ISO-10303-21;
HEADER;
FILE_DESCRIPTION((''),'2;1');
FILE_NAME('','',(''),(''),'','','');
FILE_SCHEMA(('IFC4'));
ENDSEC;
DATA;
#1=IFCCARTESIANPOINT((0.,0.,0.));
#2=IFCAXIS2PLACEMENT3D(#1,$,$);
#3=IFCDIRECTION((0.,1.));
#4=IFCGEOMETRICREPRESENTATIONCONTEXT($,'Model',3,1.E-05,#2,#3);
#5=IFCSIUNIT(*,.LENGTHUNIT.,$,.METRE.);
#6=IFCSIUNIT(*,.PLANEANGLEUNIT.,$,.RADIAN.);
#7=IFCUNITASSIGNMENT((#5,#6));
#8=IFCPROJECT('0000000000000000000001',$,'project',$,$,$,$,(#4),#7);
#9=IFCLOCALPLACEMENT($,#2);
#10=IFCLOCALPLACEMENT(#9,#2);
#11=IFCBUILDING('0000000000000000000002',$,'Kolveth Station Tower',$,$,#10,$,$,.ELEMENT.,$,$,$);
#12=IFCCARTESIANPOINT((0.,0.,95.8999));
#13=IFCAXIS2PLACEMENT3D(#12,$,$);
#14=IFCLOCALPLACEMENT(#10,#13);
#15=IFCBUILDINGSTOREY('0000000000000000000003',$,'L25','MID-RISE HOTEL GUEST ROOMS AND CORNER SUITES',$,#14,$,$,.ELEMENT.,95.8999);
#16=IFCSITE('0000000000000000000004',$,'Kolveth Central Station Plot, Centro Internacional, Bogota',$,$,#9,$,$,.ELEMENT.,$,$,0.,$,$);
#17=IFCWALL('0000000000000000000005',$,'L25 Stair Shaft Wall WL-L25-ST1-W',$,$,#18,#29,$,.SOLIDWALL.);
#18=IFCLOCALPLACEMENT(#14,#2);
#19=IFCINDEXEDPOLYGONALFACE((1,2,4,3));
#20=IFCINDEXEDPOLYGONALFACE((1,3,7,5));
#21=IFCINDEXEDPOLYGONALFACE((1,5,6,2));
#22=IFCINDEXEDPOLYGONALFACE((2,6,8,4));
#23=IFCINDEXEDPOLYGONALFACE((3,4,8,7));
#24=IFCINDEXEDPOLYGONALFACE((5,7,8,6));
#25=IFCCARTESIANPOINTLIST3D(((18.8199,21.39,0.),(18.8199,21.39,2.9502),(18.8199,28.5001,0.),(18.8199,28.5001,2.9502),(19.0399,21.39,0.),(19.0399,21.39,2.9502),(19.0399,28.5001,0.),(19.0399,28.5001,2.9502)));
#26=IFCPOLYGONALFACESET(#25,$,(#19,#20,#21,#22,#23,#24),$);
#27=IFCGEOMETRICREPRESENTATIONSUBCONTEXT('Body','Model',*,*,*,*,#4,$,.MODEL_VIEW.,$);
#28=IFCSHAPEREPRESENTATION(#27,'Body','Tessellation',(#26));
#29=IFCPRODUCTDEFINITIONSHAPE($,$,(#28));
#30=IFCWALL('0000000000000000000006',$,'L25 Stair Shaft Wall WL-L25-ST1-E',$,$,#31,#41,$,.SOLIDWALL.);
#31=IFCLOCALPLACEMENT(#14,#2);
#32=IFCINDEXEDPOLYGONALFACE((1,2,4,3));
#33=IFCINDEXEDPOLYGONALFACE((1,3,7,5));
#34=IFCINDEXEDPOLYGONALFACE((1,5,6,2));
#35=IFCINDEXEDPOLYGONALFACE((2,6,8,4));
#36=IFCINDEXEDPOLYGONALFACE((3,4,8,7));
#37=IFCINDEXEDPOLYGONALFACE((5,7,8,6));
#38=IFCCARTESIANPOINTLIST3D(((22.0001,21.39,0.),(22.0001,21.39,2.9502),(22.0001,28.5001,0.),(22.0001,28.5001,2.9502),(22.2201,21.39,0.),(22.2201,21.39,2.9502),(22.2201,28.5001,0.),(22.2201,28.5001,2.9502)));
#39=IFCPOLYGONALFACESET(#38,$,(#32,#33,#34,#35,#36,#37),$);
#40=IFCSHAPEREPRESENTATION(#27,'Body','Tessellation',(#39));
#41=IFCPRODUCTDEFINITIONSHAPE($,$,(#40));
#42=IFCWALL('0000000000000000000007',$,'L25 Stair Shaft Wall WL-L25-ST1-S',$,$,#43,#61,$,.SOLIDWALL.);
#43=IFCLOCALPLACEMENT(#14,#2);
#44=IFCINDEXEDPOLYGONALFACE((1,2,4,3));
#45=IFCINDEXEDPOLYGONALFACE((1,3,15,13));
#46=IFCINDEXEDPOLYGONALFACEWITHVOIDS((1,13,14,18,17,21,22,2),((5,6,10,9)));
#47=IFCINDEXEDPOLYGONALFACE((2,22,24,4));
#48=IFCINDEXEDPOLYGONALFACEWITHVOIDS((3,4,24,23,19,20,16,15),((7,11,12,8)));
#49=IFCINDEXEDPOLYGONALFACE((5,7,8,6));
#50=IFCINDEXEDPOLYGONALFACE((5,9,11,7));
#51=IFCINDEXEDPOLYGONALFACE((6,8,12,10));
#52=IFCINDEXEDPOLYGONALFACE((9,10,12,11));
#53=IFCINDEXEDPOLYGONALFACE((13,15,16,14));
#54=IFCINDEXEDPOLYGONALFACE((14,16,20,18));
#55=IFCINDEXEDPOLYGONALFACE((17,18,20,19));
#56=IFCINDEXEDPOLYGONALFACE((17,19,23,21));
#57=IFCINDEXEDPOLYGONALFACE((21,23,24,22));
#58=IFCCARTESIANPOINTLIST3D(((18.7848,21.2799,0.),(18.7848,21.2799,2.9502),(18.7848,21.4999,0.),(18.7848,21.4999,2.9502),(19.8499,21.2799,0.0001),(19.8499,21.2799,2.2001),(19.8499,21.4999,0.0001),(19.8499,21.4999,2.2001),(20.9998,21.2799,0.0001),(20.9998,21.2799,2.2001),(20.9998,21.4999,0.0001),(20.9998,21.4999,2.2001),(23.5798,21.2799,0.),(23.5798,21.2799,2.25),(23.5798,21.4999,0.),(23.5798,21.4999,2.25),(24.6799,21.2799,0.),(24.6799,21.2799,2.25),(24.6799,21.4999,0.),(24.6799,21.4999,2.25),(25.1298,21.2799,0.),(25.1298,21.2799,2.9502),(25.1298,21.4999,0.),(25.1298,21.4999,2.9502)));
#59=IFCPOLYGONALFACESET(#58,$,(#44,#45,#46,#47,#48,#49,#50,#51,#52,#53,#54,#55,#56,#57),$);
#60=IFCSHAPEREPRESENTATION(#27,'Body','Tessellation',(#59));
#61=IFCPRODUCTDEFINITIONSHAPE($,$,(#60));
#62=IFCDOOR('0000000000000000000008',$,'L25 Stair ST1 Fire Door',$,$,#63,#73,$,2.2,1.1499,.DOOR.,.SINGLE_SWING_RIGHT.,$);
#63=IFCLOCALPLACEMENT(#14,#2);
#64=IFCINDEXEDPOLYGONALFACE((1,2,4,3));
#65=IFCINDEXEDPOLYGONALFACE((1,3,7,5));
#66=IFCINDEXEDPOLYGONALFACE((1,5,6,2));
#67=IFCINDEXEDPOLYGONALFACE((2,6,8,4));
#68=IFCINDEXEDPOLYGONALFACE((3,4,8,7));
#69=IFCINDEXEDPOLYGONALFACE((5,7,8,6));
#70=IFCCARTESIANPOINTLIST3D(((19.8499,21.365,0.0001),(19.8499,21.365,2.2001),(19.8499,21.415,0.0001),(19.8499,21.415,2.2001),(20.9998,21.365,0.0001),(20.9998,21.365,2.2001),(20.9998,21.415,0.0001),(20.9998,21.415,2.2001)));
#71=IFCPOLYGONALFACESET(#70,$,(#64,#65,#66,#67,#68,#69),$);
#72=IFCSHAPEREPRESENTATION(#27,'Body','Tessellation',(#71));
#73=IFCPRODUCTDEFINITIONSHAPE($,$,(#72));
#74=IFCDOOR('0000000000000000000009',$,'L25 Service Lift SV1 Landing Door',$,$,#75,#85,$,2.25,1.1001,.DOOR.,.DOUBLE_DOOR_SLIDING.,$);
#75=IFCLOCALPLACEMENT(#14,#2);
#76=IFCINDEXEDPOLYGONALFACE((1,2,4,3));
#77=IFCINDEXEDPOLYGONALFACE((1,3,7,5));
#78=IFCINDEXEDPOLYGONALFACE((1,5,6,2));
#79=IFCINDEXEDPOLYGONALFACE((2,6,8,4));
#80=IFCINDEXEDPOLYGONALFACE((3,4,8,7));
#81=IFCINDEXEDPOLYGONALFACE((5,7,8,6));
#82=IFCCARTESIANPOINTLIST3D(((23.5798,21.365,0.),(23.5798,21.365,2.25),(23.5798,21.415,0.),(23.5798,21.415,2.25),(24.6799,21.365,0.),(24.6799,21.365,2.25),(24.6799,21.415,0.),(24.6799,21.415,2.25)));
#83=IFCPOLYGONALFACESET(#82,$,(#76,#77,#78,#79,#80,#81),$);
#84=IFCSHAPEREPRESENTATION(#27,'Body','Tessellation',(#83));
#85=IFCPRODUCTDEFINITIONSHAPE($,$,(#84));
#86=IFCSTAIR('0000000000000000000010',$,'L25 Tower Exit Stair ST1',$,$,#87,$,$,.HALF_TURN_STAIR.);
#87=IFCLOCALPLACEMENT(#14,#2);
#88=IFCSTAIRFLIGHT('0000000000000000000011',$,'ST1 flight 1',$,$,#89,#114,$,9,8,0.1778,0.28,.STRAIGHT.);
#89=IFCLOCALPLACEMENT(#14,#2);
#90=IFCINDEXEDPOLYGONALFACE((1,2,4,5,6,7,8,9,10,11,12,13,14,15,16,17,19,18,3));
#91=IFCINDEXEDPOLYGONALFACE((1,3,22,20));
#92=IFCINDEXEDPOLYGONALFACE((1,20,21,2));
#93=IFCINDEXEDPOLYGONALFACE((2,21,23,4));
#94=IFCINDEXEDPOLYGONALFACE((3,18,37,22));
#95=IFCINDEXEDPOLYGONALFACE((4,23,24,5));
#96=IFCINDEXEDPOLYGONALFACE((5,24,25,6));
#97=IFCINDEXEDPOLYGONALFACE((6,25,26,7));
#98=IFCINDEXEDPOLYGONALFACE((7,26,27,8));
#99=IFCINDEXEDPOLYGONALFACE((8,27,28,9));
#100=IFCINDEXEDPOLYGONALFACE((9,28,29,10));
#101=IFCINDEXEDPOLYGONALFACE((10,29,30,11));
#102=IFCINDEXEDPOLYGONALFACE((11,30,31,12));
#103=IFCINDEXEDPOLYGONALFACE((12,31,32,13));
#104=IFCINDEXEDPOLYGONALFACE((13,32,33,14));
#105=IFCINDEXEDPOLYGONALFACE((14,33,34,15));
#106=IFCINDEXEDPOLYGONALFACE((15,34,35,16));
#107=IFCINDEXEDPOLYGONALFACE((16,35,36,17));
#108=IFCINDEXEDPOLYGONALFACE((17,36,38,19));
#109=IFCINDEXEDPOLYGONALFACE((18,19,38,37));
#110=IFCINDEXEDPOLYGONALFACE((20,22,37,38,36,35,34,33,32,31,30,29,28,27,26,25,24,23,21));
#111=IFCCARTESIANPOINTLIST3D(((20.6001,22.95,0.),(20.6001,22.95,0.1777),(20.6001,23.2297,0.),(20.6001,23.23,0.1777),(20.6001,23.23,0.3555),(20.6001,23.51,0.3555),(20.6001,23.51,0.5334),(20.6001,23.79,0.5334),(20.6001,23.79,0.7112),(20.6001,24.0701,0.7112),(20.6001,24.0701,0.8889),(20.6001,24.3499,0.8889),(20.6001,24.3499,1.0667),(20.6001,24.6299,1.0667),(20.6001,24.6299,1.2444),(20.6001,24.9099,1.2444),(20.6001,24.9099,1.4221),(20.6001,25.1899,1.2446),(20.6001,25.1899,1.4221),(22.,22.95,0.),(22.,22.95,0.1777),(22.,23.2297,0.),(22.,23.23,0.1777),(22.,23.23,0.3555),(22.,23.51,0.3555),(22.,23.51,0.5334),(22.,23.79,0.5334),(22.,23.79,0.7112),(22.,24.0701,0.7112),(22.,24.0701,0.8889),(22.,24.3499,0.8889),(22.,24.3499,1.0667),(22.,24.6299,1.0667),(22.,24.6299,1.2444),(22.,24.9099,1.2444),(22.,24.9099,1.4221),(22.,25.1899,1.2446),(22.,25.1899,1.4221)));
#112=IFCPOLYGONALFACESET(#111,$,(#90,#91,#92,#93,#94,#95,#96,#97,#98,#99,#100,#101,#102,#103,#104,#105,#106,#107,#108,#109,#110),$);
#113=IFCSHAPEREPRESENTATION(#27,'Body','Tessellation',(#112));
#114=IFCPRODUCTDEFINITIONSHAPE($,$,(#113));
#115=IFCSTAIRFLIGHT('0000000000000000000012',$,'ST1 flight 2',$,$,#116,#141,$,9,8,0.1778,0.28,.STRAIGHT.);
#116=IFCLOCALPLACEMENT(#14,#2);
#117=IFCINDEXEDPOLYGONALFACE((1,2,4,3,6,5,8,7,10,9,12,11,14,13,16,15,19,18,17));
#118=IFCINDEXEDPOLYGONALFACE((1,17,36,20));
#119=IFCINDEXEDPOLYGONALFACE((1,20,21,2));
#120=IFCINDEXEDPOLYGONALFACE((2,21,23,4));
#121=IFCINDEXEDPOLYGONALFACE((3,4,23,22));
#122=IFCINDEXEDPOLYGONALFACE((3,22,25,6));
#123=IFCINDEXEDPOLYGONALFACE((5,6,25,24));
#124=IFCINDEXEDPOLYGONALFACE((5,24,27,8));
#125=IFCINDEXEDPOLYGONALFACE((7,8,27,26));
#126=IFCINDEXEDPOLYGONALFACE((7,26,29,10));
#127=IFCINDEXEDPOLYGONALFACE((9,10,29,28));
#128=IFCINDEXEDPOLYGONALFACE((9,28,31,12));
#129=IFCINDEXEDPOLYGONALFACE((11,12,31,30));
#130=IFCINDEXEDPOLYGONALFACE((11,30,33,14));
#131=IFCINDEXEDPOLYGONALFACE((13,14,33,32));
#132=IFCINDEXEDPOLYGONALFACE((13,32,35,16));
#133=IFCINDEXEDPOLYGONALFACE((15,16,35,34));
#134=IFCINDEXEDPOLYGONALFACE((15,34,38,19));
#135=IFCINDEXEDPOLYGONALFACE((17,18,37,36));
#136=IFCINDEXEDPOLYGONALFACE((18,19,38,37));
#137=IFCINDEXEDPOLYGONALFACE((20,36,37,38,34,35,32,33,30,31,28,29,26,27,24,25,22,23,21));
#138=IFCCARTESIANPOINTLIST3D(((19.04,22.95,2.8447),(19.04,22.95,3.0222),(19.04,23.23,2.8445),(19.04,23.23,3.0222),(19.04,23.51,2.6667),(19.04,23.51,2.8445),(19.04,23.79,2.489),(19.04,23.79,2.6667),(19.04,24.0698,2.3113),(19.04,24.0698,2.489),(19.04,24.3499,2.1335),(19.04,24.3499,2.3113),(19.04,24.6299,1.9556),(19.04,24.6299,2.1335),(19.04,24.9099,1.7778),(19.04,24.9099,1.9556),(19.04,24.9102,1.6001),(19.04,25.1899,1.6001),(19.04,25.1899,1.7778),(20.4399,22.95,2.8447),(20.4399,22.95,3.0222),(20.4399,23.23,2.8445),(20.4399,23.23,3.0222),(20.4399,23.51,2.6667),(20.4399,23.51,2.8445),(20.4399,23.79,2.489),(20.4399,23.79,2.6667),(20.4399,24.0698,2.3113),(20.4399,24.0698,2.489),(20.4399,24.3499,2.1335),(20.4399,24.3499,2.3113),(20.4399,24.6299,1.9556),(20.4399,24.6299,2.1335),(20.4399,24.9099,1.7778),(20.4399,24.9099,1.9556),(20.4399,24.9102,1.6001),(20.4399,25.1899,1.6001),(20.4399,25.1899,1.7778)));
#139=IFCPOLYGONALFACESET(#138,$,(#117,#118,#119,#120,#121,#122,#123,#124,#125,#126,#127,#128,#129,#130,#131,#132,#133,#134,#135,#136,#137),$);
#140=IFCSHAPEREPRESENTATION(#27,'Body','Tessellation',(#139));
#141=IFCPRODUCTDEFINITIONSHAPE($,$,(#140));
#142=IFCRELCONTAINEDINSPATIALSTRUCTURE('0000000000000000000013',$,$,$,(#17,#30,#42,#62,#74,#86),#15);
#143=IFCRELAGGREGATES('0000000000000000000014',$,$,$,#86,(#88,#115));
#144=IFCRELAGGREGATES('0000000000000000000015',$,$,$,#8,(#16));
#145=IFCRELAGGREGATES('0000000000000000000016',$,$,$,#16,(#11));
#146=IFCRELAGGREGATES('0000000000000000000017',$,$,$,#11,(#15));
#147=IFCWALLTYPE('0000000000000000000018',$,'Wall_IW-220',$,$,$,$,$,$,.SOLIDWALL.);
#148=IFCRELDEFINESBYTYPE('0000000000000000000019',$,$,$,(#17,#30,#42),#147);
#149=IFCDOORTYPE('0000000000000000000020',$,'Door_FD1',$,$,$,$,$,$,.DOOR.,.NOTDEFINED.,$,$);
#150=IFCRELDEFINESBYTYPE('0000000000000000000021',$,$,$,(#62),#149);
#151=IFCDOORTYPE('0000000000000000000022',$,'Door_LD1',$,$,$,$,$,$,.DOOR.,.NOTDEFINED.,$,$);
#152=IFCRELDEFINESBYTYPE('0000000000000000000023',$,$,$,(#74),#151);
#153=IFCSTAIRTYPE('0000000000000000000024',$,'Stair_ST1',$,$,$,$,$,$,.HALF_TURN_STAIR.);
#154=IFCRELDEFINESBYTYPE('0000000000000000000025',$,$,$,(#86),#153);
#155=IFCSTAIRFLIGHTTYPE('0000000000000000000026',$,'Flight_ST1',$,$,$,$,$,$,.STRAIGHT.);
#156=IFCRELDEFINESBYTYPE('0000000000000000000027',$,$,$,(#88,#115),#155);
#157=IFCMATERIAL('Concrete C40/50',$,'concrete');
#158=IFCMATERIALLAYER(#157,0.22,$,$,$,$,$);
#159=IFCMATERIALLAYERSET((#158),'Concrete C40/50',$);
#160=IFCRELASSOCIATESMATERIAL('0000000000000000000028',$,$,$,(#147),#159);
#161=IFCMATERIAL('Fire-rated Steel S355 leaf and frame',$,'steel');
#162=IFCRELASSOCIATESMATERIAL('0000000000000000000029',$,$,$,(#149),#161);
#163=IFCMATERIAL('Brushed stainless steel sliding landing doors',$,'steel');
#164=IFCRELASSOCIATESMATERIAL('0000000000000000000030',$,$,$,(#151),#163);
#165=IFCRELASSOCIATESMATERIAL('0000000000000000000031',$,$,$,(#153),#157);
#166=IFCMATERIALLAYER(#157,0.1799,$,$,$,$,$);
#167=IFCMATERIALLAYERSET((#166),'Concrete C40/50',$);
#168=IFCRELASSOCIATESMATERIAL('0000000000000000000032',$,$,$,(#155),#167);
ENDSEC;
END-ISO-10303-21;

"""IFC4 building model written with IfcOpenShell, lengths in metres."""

from ifc_helpers import new_model, si_unit, direction, frame, frame_2d, origin, place, context, subcontext, project, spatial, polyline, rectangle, outline, extrude, material, layer, layer_set, type_object, element, fill, aggregate, save


model = new_model("IFC4")

# Units and contexts
model_context = context("Model", 3, precision=1e-05, world=origin(), true_north=direction((0.0, 1.0)))
body_context = subcontext(model_context, "Body", "Model", "MODEL_VIEW")
ifc_project = project(units=[si_unit("LENGTHUNIT", "METRE"), si_unit("PLANEANGLEUNIT", "RADIAN")], contexts=[model_context])

# Site, building, storey
site_placement = place(None, origin())
site = spatial("IfcSite", under=ifc_project, at=site_placement, Name="Kolveth Central Station Plot, Centro Internacional, Bogota", CompositionType="ELEMENT", RefElevation=0.0)
building_placement = place(site_placement, origin())
building = spatial("IfcBuilding", under=site, at=building_placement, Name="Kolveth Station Tower", CompositionType="ELEMENT")
storey_placement = place(building_placement, frame((0.0, 0.0, 95.8999)))
storey = spatial("IfcBuildingStorey", under=building, at=storey_placement, Name="L25", Description="MID-RISE HOTEL GUEST ROOMS AND CORNER SUITES", CompositionType="ELEMENT", Elevation=95.8999)

# Walls
ifc_material_1 = material(Name="Concrete C40/50", Category="concrete")
ifc_layer_1 = layer(ifc_material_1, 0.22)
ifc_layer_set_1 = layer_set([ifc_layer_1], Name="Concrete C40/50")
wall_type_1 = type_object("IfcWallType", Name="Wall_IW-220", PredefinedType="SOLIDWALL", material=ifc_layer_set_1)
for number, where, z_axis, x_axis, name in (
    (1, (18.9299, 21.3899, 0.0), (0.0, 0.0, 1.0), (0.0, 1.0, 0.0), "L25 Stair Shaft Wall WL-L25-ST1-W"),
    (2, (22.1101, 21.3899, 0.0), (0.0, 0.0, 1.0), (0.0, 1.0, 0.0), "L25 Stair Shaft Wall WL-L25-ST1-E"),
):
    element("IfcWall", number, at=place(storey_placement, frame(where, z_axis=z_axis, x_axis=x_axis)), inside=storey, type_object=wall_type_1, Name=name, PredefinedType="SOLIDWALL", context=body_context, shape_type="SweptSolid", body=[
        extrude(rectangle(XDim=7.1101, YDim=0.22, at=frame_2d((3.5552, 0.0))), origin(), (0.0, 0.0, 1.0), 2.9502),
    ])

# Wall, openings, doors
wall_1_placement = place(storey_placement, frame((18.7849, 21.3899, 0.0), z_axis=(0.0, 0.0, 1.0), x_axis=(1.0, 0.0, 0.0)))
wall_1 = element("IfcWall", 3, at=wall_1_placement, inside=storey, type_object=wall_type_1, Name="L25 Stair Shaft Wall WL-L25-ST1-S", PredefinedType="SOLIDWALL", context=body_context, shape_type="SweptSolid", body=[
    extrude(rectangle(XDim=6.345, YDim=0.22, at=frame_2d((3.1724, 0.0))), origin(), (0.0, 0.0, 1.0), 2.9502),
])
opening_1_placement = place(wall_1_placement, frame((1.0649, 0.0, 0.0)))
opening_1 = element("IfcOpeningElement", 4, at=opening_1_placement, cuts=wall_1, PredefinedType="OPENING", context=body_context, shape_type="SweptSolid", body=[
    extrude(rectangle(XDim=1.1499, YDim=2.2, at=frame_2d((0.575, 1.1001))), frame((0.0, 0.1199, 0.0), z_axis=(0.0, -1.0, 0.0), x_axis=(1.0, 0.0, 0.0)), (0.0, 0.0, 1.0), 0.24),
])
opening_2_placement = place(wall_1_placement, frame((4.7949, 0.0, 0.0)))
opening_2 = element("IfcOpeningElement", 5, at=opening_2_placement, cuts=wall_1, PredefinedType="OPENING", context=body_context, shape_type="SweptSolid", body=[
    extrude(rectangle(XDim=1.1001, YDim=2.25, at=frame_2d((0.55, 1.125))), frame((0.0, 0.1199, 0.0), z_axis=(0.0, -1.0, 0.0), x_axis=(1.0, 0.0, 0.0)), (0.0, 0.0, 1.0), 0.24),
])
ifc_material_2 = material(Name="Fire-rated Steel S355 leaf and frame", Category="steel")
door_type_1 = type_object("IfcDoorType", Name="Door_FD1", OperationType="NOTDEFINED", PredefinedType="DOOR", material=ifc_material_2)
door_1_placement = place(opening_1_placement, frame((1.1499, 0.0, 0.0), z_axis=(0.0, 0.0, 1.0), x_axis=(-1.0, 0.0, 0.0)))
door_1 = element("IfcDoor", 6, at=door_1_placement, inside=storey, type_object=door_type_1, Name="L25 Stair ST1 Fire Door", OperationType="SINGLE_SWING_RIGHT", OverallHeight=2.2, OverallWidth=1.1499, PredefinedType="DOOR", context=body_context, shape_type="SweptSolid", body=[
    extrude(rectangle(XDim=1.1499, YDim=2.2, at=frame_2d((0.575, 1.1001))), frame((0.0, 0.0249, 0.0), z_axis=(0.0, -1.0, 0.0), x_axis=(1.0, 0.0, 0.0)), (0.0, 0.0, 1.0), 0.05),
])
fill(opening_1, door_1)
ifc_material_3 = material(Name="Brushed stainless steel sliding landing doors", Category="steel")
door_type_2 = type_object("IfcDoorType", Name="Door_LD1", OperationType="NOTDEFINED", PredefinedType="DOOR", material=ifc_material_3)
door_2_placement = place(opening_2_placement, frame((1.1001, 0.0, 0.0), z_axis=(0.0, 0.0, 1.0), x_axis=(-1.0, 0.0, 0.0)))
door_2 = element("IfcDoor", 7, at=door_2_placement, inside=storey, type_object=door_type_2, Name="L25 Service Lift SV1 Landing Door", OperationType="DOUBLE_DOOR_SLIDING", OverallHeight=2.25, OverallWidth=1.1001, PredefinedType="DOOR", context=body_context, shape_type="SweptSolid", body=[
    extrude(rectangle(XDim=1.1001, YDim=2.25, at=frame_2d((0.55, 1.125))), frame((0.0, 0.0249, 0.0), z_axis=(0.0, -1.0, 0.0), x_axis=(1.0, 0.0, 0.0)), (0.0, 0.0, 1.0), 0.05),
])
fill(opening_2, door_2)

# Stair, stair flights
stair_type = type_object("IfcStairType", Name="Stair_ST1", PredefinedType="HALF_TURN_STAIR", material=ifc_material_1)
stair_placement = place(storey_placement, origin())
stair = element("IfcStair", 8, at=stair_placement, inside=storey, type_object=stair_type, Name="L25 Tower Exit Stair ST1", PredefinedType="HALF_TURN_STAIR")
ifc_layer_2 = layer(ifc_material_1, 0.1799)
ifc_layer_set_2 = layer_set([ifc_layer_2], Name="Concrete C40/50")
stair_flight_type = type_object("IfcStairFlightType", Name="Flight_ST1", PredefinedType="STRAIGHT", material=ifc_layer_set_2)
stair_flight_1_placement = place(storey_placement, frame((21.3, 22.95, 0.0), z_axis=(0.0, 0.0, 1.0), x_axis=(0.0, 1.0, 0.0)))
stair_flight_1 = element("IfcStairFlight", 9, at=stair_flight_1_placement, type_object=stair_flight_type, Name="ST1 flight 1", NumberOfRisers=9, NumberOfTreads=8, PredefinedType="STRAIGHT", RiserHeight=0.1778, TreadLength=0.28, context=body_context, shape_type="SweptSolid", body=[
    extrude(outline(polyline([(0.0, 0.0), (0.0, 0.1777), (0.28, 0.1777), (0.28, 0.3555), (0.5601, 0.3555), (0.5601, 0.5334), (0.8401, 0.5334), (0.8401, 0.7112), (1.1201, 0.7112), (1.1201, 0.8889), (1.3999, 0.8889), (1.3999, 1.0667), (1.6799, 1.0667), (1.6799, 1.2444), (1.96, 1.2444), (1.96, 1.4221), (2.24, 1.4221), (2.24, 1.6001), (2.24, 1.2446), (0.2798, 0.0), (0.0, 0.0)])), frame((0.0, 0.7, 0.0), z_axis=(0.0, -1.0, 0.0), x_axis=(1.0, 0.0, 0.0)), (0.0, 0.0, 1.0), 1.3999),
])
stair_flight_2_placement = place(storey_placement, frame((19.74, 25.1899, 1.6001), z_axis=(0.0, 0.0, 1.0), x_axis=(0.0, -1.0, 0.0)))
stair_flight_2 = element("IfcStairFlight", 10, at=stair_flight_2_placement, type_object=stair_flight_type, Name="ST1 flight 2", NumberOfRisers=9, NumberOfTreads=8, PredefinedType="STRAIGHT", RiserHeight=0.1778, TreadLength=0.28, context=body_context, shape_type="SweptSolid", body=[
    extrude(outline(polyline([(0.0, 0.0), (0.0, 0.1777), (0.28, 0.1777), (0.28, 0.3555), (0.5601, 0.3555), (0.5601, 0.5334), (0.8401, 0.5334), (0.8401, 0.7112), (1.1201, 0.7112), (1.1201, 0.8889), (1.3999, 0.8889), (1.3999, 1.0667), (1.6799, 1.0667), (1.6799, 1.2444), (1.96, 1.2444), (1.96, 1.4221), (2.24, 1.4221), (2.24, 1.6001), (2.24, 1.2446), (0.2798, 0.0), (0.0, 0.0)])), frame((0.0, 0.7, 0.0), z_axis=(0.0, -1.0, 0.0), x_axis=(1.0, 0.0, 0.0)), (0.0, 0.0, 1.0), 1.3999),
])
aggregate(stair, [stair_flight_1, stair_flight_2])

save(model, "model.ifc")
